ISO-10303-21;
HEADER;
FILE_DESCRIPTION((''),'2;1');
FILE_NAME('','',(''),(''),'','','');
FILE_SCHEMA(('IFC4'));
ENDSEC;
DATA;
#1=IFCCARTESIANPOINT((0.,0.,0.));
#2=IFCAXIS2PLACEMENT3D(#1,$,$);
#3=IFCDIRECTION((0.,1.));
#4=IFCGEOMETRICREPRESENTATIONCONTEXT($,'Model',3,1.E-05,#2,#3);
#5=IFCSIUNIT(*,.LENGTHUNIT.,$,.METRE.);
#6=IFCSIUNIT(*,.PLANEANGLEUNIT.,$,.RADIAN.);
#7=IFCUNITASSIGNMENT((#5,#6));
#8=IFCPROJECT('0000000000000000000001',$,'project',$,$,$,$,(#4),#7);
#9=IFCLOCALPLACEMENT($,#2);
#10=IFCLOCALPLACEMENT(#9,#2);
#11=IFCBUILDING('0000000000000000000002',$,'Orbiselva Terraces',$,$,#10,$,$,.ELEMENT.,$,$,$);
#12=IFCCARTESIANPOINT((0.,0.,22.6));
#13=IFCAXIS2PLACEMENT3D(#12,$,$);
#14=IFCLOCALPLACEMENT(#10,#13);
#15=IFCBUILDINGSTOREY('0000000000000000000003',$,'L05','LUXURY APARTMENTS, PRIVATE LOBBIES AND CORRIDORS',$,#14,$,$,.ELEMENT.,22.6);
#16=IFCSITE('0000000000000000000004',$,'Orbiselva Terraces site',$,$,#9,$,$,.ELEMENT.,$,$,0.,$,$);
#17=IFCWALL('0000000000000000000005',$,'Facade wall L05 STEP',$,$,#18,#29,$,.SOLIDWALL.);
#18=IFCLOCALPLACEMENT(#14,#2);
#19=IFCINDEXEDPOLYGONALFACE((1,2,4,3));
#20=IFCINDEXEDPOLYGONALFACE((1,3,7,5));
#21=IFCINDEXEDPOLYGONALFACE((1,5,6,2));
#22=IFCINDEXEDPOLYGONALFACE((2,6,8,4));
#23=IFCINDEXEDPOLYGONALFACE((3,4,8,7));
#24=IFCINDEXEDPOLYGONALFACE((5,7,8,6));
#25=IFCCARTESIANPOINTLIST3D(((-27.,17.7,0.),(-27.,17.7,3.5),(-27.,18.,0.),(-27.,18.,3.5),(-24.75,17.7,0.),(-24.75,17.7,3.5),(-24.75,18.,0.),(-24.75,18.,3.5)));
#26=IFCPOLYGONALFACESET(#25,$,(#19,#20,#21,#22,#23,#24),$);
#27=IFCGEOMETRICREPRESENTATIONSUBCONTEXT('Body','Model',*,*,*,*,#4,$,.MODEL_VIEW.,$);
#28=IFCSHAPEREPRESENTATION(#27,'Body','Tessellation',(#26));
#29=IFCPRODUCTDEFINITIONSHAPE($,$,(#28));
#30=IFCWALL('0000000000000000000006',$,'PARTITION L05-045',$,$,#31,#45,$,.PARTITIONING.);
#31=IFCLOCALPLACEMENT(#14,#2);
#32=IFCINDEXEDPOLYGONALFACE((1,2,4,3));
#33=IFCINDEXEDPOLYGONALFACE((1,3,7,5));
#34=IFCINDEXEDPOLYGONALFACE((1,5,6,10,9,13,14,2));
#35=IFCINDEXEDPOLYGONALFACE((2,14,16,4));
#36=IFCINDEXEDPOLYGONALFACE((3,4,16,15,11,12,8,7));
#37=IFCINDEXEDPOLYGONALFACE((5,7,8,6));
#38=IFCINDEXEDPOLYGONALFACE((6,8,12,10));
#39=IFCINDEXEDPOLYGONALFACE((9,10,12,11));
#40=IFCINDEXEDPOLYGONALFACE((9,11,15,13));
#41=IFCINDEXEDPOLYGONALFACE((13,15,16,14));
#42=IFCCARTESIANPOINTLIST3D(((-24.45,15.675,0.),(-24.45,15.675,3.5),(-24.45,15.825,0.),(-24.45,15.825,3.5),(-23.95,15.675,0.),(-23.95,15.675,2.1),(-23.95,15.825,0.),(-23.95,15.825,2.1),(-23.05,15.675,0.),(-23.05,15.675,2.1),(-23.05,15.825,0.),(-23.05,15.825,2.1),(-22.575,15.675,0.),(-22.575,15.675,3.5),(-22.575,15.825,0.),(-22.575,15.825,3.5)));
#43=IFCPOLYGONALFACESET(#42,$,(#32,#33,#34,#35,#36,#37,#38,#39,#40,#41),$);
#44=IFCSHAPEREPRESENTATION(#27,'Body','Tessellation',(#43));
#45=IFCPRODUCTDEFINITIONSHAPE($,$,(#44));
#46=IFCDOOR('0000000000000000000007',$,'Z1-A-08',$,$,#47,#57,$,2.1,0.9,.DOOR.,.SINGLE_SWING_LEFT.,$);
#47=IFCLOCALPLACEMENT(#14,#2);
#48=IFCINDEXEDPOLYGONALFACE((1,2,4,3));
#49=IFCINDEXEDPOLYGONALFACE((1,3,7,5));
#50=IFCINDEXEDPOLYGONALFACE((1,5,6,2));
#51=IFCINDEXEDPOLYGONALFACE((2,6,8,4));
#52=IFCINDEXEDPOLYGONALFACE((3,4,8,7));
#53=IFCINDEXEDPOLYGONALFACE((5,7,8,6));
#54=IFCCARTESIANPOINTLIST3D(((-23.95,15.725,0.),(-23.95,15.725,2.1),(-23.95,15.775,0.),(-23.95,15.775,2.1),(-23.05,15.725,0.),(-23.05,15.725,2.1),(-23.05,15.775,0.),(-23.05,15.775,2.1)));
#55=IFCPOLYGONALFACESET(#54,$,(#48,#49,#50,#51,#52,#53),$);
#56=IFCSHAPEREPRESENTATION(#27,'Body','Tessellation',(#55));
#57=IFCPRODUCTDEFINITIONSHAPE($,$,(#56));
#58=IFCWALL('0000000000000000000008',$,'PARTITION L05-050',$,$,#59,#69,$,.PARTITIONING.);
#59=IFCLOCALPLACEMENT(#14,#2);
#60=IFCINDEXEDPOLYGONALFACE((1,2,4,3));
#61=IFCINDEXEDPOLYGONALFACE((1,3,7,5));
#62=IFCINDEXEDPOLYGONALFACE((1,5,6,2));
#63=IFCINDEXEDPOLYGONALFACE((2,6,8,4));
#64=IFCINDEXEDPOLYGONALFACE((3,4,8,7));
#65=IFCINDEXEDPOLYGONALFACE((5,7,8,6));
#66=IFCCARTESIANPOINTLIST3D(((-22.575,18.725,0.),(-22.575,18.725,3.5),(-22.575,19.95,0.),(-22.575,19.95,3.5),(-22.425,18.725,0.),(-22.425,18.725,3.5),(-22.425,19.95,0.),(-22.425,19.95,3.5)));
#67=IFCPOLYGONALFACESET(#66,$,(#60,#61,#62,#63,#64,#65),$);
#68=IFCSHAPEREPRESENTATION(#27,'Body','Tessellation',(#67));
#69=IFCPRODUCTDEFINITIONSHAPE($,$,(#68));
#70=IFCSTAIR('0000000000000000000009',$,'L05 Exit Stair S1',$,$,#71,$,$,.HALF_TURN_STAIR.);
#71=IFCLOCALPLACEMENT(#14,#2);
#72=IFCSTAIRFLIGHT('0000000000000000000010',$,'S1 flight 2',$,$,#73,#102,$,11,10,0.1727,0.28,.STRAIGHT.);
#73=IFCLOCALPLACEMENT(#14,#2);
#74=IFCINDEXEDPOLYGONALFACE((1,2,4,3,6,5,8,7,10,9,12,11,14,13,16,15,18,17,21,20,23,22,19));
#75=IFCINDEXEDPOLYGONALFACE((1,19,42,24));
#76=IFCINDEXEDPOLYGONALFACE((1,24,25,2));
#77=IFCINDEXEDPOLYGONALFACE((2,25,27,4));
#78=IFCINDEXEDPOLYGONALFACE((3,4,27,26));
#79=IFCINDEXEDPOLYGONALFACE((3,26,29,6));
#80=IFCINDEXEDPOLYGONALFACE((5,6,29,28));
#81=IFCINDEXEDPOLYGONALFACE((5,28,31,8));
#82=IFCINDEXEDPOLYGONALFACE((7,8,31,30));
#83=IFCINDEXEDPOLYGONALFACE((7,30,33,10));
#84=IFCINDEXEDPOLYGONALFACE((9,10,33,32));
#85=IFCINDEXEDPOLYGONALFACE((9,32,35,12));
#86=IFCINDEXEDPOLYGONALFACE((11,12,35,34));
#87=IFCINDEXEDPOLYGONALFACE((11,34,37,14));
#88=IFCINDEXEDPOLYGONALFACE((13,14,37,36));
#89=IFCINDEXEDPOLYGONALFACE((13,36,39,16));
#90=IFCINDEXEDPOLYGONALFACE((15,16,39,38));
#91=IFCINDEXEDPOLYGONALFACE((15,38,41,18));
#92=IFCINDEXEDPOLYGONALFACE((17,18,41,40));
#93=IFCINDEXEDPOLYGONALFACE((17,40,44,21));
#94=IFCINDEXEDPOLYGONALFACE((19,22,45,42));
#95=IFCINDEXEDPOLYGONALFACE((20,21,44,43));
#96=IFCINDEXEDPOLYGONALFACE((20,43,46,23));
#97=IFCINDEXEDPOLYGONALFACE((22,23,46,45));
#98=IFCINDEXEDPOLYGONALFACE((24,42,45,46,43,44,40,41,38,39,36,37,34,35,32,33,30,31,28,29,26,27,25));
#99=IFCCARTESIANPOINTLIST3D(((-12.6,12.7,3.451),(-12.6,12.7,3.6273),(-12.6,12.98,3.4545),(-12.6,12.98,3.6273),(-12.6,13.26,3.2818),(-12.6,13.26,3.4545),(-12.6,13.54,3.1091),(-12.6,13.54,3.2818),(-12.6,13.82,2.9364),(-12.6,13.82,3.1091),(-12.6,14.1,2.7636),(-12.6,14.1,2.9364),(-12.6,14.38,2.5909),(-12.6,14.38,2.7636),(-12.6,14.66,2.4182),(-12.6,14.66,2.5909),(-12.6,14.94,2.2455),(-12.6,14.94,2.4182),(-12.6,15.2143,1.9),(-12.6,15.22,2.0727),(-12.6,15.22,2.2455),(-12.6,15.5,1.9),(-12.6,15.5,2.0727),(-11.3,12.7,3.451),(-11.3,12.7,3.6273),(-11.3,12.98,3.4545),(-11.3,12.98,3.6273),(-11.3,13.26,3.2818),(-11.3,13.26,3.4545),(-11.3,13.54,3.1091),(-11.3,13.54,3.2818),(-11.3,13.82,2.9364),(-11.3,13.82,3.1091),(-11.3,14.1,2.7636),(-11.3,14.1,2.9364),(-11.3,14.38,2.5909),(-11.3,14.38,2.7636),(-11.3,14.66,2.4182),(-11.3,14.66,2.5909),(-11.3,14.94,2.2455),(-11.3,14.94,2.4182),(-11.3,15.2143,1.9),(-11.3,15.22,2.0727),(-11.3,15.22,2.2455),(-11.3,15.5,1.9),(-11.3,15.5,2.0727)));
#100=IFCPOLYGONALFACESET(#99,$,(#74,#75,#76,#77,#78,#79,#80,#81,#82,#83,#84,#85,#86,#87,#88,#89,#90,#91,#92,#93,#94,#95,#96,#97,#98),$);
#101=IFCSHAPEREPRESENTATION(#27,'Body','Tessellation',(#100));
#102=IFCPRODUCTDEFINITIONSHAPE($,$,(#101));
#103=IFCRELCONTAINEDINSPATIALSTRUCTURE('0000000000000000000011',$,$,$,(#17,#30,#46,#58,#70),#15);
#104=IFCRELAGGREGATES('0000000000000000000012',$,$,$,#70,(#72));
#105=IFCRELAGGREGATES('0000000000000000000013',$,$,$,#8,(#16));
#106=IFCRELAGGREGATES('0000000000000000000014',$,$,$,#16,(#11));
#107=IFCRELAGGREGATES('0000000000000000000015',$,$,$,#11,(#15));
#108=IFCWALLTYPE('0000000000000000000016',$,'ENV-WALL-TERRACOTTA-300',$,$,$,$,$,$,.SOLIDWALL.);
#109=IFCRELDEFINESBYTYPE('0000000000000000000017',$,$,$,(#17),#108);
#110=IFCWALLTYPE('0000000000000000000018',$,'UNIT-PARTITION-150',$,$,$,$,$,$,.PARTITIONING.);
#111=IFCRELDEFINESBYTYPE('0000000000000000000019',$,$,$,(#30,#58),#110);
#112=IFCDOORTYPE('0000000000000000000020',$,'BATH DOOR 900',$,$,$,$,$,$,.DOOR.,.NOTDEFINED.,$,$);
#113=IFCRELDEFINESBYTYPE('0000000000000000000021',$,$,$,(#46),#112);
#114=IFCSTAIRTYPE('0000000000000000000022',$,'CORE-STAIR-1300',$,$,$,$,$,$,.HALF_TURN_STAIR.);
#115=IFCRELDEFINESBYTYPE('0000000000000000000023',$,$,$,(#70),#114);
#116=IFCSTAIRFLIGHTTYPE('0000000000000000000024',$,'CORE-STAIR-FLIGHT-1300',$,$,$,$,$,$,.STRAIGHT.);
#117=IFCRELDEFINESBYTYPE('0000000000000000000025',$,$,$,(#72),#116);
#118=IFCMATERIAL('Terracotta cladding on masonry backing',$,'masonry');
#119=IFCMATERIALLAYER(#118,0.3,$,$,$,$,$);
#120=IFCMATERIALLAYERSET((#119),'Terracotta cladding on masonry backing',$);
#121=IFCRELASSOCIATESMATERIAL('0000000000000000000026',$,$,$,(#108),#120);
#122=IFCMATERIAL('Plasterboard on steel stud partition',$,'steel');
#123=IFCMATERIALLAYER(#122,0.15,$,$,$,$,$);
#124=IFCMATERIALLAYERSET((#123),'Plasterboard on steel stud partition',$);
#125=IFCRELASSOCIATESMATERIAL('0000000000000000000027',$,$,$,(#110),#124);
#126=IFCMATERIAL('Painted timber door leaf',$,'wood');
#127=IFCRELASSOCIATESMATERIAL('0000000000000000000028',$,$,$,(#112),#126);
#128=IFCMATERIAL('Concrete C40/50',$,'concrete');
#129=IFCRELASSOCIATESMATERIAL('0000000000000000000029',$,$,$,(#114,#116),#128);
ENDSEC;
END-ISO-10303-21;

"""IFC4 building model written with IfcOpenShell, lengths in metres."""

from ifc_helpers import new_model, si_unit, direction, frame, frame_2d, origin, place, context, subcontext, project, spatial, polyline, rectangle, outline, extrude, material, layer, layer_set, type_object, element, fill, aggregate, save


model = new_model("IFC4")

# Units and contexts
model_context = context("Model", 3, precision=1e-05, world=origin(), true_north=direction((0.0, 1.0)))
body_context = subcontext(model_context, "Body", "Model", "MODEL_VIEW")
ifc_project = project(units=[si_unit("LENGTHUNIT", "METRE"), si_unit("PLANEANGLEUNIT", "RADIAN")], contexts=[model_context])

# Site, building, storey
site_placement = place(None, origin())
site = spatial("IfcSite", under=ifc_project, at=site_placement, Name="Orbiselva Terraces site", CompositionType="ELEMENT", RefElevation=0.0)
building_placement = place(site_placement, origin())
building = spatial("IfcBuilding", under=site, at=building_placement, Name="Orbiselva Terraces", CompositionType="ELEMENT")
storey_placement = place(building_placement, frame((0.0, 0.0, 22.6)))
storey = spatial("IfcBuildingStorey", under=building, at=storey_placement, Name="L05", Description="LUXURY APARTMENTS, PRIVATE LOBBIES AND CORRIDORS", CompositionType="ELEMENT", Elevation=22.6)

# Shared definitions
ifc_material_1 = material(Name="Terracotta cladding on masonry backing", Category="masonry")
ifc_layer_1 = layer(ifc_material_1, 0.3)
ifc_layer_set_1 = layer_set([ifc_layer_1], Name="Terracotta cladding on masonry backing")
wall_type_1 = type_object("IfcWallType", Name="ENV-WALL-TERRACOTTA-300", PredefinedType="SOLIDWALL", material=ifc_layer_set_1)

# Wall
wall_1_placement = place(storey_placement, frame((-27.0, 17.85, 0.0), z_axis=(0.0, 0.0, 1.0), x_axis=(1.0, 0.0, 0.0)))
element("IfcWall", 1, at=wall_1_placement, inside=storey, type_object=wall_type_1, Name="Facade wall L05 STEP", PredefinedType="SOLIDWALL", context=body_context, shape_type="SweptSolid", body=[
    extrude(rectangle(XDim=2.25, YDim=0.3, at=frame_2d((1.125, 0.0))), origin(), (0.0, 0.0, 1.0), 3.5),
])

# Wall, opening, door
ifc_material_2 = material(Name="Plasterboard on steel stud partition", Category="steel")
ifc_layer_2 = layer(ifc_material_2, 0.15)
ifc_layer_set_2 = layer_set([ifc_layer_2], Name="Plasterboard on steel stud partition")
wall_type_2 = type_object("IfcWallType", Name="UNIT-PARTITION-150", PredefinedType="PARTITIONING", material=ifc_layer_set_2)
wall_2_placement = place(storey_placement, frame((-22.575, 15.75, 0.0), z_axis=(0.0, 0.0, 1.0), x_axis=(-1.0, 0.0, 0.0)))
wall_2 = element("IfcWall", 2, at=wall_2_placement, inside=storey, type_object=wall_type_2, Name="PARTITION L05-045", PredefinedType="PARTITIONING", context=body_context, shape_type="SweptSolid", body=[
    extrude(rectangle(XDim=1.875, YDim=0.15, at=frame_2d((0.9375, 0.0))), origin(), (0.0, 0.0, 1.0), 3.5),
])
opening_1_placement = place(wall_2_placement, frame((0.475, 0.0, 0.0)))
opening_1 = element("IfcOpeningElement", 3, at=opening_1_placement, cuts=wall_2, PredefinedType="OPENING", context=body_context, shape_type="SweptSolid", body=[
    extrude(rectangle(XDim=0.9, YDim=2.1, at=frame_2d((0.45, 1.05))), frame((0.0, 0.085, 0.0), z_axis=(0.0, -1.0, 0.0), x_axis=(1.0, 0.0, 0.0)), (0.0, 0.0, 1.0), 0.17),
])
ifc_material_3 = material(Name="Painted timber door leaf", Category="wood")
door_type_1 = type_object("IfcDoorType", Name="BATH DOOR 900", OperationType="NOTDEFINED", PredefinedType="DOOR", material=ifc_material_3)
door_1_placement = place(opening_1_placement, origin())
door_1 = element("IfcDoor", 4, at=door_1_placement, inside=storey, type_object=door_type_1, Name="Z1-A-08", OperationType="SINGLE_SWING_LEFT", OverallHeight=2.1, OverallWidth=0.9, PredefinedType="DOOR", context=body_context, shape_type="SweptSolid", body=[
    extrude(rectangle(XDim=0.9, YDim=2.1, at=frame_2d((0.45, 1.05))), frame((0.0, 0.025, 0.0), z_axis=(0.0, -1.0, 0.0), x_axis=(1.0, 0.0, 0.0)), (0.0, 0.0, 1.0), 0.05),
])
fill(opening_1, door_1)

# Wall
wall_3_placement = place(storey_placement, frame((-22.5, 18.725, 0.0), z_axis=(0.0, 0.0, 1.0), x_axis=(0.0, 1.0, 0.0)))
element("IfcWall", 5, at=wall_3_placement, inside=storey, type_object=wall_type_2, Name="PARTITION L05-050", PredefinedType="PARTITIONING", context=body_context, shape_type="SweptSolid", body=[
    extrude(rectangle(XDim=1.225, YDim=0.15, at=frame_2d((0.6125, 0.0))), origin(), (0.0, 0.0, 1.0), 3.5),
])

# Stair, stair flight
ifc_material_4 = material(Name="Concrete C40/50", Category="concrete")
stair_type = type_object("IfcStairType", Name="CORE-STAIR-1300", PredefinedType="HALF_TURN_STAIR", material=ifc_material_4)
stair_placement = place(storey_placement, origin())
stair = element("IfcStair", 6, at=stair_placement, inside=storey, type_object=stair_type, Name="L05 Exit Stair S1", PredefinedType="HALF_TURN_STAIR")
stair_flight_type = type_object("IfcStairFlightType", Name="CORE-STAIR-FLIGHT-1300", PredefinedType="STRAIGHT", material=ifc_material_4)
stair_flight_placement = place(storey_placement, frame((-11.95, 15.5, 1.9), z_axis=(0.0, 0.0, 1.0), x_axis=(0.0, -1.0, 0.0)))
stair_flight = element("IfcStairFlight", 7, at=stair_flight_placement, type_object=stair_flight_type, Name="S1 flight 2", NumberOfRisers=11, NumberOfTreads=10, PredefinedType="STRAIGHT", RiserHeight=0.1727, TreadLength=0.28, context=body_context, shape_type="SweptSolid", body=[
    extrude(outline(polyline([(0.0, 0.0), (0.0, 0.1727), (0.28, 0.1727), (0.28, 0.3455), (0.56, 0.3455), (0.56, 0.5182), (0.84, 0.5182), (0.84, 0.6909), (1.12, 0.6909), (1.12, 0.8636), (1.4, 0.8636), (1.4, 1.0364), (1.68, 1.0364), (1.68, 1.2091), (1.96, 1.2091), (1.96, 1.3818), (2.24, 1.3818), (2.24, 1.5545), (2.52, 1.5545), (2.52, 1.7273), (2.8, 1.7273), (2.8, 1.9), (2.8, 1.551), (0.2857, 0.0), (0.0, 0.0)])), frame((0.0, 0.65, 0.0), z_axis=(0.0, -1.0, 0.0), x_axis=(1.0, 0.0, 0.0)), (0.0, 0.0, 1.0), 1.3),
])
aggregate(stair, [stair_flight])

save(model, "model.ifc")
